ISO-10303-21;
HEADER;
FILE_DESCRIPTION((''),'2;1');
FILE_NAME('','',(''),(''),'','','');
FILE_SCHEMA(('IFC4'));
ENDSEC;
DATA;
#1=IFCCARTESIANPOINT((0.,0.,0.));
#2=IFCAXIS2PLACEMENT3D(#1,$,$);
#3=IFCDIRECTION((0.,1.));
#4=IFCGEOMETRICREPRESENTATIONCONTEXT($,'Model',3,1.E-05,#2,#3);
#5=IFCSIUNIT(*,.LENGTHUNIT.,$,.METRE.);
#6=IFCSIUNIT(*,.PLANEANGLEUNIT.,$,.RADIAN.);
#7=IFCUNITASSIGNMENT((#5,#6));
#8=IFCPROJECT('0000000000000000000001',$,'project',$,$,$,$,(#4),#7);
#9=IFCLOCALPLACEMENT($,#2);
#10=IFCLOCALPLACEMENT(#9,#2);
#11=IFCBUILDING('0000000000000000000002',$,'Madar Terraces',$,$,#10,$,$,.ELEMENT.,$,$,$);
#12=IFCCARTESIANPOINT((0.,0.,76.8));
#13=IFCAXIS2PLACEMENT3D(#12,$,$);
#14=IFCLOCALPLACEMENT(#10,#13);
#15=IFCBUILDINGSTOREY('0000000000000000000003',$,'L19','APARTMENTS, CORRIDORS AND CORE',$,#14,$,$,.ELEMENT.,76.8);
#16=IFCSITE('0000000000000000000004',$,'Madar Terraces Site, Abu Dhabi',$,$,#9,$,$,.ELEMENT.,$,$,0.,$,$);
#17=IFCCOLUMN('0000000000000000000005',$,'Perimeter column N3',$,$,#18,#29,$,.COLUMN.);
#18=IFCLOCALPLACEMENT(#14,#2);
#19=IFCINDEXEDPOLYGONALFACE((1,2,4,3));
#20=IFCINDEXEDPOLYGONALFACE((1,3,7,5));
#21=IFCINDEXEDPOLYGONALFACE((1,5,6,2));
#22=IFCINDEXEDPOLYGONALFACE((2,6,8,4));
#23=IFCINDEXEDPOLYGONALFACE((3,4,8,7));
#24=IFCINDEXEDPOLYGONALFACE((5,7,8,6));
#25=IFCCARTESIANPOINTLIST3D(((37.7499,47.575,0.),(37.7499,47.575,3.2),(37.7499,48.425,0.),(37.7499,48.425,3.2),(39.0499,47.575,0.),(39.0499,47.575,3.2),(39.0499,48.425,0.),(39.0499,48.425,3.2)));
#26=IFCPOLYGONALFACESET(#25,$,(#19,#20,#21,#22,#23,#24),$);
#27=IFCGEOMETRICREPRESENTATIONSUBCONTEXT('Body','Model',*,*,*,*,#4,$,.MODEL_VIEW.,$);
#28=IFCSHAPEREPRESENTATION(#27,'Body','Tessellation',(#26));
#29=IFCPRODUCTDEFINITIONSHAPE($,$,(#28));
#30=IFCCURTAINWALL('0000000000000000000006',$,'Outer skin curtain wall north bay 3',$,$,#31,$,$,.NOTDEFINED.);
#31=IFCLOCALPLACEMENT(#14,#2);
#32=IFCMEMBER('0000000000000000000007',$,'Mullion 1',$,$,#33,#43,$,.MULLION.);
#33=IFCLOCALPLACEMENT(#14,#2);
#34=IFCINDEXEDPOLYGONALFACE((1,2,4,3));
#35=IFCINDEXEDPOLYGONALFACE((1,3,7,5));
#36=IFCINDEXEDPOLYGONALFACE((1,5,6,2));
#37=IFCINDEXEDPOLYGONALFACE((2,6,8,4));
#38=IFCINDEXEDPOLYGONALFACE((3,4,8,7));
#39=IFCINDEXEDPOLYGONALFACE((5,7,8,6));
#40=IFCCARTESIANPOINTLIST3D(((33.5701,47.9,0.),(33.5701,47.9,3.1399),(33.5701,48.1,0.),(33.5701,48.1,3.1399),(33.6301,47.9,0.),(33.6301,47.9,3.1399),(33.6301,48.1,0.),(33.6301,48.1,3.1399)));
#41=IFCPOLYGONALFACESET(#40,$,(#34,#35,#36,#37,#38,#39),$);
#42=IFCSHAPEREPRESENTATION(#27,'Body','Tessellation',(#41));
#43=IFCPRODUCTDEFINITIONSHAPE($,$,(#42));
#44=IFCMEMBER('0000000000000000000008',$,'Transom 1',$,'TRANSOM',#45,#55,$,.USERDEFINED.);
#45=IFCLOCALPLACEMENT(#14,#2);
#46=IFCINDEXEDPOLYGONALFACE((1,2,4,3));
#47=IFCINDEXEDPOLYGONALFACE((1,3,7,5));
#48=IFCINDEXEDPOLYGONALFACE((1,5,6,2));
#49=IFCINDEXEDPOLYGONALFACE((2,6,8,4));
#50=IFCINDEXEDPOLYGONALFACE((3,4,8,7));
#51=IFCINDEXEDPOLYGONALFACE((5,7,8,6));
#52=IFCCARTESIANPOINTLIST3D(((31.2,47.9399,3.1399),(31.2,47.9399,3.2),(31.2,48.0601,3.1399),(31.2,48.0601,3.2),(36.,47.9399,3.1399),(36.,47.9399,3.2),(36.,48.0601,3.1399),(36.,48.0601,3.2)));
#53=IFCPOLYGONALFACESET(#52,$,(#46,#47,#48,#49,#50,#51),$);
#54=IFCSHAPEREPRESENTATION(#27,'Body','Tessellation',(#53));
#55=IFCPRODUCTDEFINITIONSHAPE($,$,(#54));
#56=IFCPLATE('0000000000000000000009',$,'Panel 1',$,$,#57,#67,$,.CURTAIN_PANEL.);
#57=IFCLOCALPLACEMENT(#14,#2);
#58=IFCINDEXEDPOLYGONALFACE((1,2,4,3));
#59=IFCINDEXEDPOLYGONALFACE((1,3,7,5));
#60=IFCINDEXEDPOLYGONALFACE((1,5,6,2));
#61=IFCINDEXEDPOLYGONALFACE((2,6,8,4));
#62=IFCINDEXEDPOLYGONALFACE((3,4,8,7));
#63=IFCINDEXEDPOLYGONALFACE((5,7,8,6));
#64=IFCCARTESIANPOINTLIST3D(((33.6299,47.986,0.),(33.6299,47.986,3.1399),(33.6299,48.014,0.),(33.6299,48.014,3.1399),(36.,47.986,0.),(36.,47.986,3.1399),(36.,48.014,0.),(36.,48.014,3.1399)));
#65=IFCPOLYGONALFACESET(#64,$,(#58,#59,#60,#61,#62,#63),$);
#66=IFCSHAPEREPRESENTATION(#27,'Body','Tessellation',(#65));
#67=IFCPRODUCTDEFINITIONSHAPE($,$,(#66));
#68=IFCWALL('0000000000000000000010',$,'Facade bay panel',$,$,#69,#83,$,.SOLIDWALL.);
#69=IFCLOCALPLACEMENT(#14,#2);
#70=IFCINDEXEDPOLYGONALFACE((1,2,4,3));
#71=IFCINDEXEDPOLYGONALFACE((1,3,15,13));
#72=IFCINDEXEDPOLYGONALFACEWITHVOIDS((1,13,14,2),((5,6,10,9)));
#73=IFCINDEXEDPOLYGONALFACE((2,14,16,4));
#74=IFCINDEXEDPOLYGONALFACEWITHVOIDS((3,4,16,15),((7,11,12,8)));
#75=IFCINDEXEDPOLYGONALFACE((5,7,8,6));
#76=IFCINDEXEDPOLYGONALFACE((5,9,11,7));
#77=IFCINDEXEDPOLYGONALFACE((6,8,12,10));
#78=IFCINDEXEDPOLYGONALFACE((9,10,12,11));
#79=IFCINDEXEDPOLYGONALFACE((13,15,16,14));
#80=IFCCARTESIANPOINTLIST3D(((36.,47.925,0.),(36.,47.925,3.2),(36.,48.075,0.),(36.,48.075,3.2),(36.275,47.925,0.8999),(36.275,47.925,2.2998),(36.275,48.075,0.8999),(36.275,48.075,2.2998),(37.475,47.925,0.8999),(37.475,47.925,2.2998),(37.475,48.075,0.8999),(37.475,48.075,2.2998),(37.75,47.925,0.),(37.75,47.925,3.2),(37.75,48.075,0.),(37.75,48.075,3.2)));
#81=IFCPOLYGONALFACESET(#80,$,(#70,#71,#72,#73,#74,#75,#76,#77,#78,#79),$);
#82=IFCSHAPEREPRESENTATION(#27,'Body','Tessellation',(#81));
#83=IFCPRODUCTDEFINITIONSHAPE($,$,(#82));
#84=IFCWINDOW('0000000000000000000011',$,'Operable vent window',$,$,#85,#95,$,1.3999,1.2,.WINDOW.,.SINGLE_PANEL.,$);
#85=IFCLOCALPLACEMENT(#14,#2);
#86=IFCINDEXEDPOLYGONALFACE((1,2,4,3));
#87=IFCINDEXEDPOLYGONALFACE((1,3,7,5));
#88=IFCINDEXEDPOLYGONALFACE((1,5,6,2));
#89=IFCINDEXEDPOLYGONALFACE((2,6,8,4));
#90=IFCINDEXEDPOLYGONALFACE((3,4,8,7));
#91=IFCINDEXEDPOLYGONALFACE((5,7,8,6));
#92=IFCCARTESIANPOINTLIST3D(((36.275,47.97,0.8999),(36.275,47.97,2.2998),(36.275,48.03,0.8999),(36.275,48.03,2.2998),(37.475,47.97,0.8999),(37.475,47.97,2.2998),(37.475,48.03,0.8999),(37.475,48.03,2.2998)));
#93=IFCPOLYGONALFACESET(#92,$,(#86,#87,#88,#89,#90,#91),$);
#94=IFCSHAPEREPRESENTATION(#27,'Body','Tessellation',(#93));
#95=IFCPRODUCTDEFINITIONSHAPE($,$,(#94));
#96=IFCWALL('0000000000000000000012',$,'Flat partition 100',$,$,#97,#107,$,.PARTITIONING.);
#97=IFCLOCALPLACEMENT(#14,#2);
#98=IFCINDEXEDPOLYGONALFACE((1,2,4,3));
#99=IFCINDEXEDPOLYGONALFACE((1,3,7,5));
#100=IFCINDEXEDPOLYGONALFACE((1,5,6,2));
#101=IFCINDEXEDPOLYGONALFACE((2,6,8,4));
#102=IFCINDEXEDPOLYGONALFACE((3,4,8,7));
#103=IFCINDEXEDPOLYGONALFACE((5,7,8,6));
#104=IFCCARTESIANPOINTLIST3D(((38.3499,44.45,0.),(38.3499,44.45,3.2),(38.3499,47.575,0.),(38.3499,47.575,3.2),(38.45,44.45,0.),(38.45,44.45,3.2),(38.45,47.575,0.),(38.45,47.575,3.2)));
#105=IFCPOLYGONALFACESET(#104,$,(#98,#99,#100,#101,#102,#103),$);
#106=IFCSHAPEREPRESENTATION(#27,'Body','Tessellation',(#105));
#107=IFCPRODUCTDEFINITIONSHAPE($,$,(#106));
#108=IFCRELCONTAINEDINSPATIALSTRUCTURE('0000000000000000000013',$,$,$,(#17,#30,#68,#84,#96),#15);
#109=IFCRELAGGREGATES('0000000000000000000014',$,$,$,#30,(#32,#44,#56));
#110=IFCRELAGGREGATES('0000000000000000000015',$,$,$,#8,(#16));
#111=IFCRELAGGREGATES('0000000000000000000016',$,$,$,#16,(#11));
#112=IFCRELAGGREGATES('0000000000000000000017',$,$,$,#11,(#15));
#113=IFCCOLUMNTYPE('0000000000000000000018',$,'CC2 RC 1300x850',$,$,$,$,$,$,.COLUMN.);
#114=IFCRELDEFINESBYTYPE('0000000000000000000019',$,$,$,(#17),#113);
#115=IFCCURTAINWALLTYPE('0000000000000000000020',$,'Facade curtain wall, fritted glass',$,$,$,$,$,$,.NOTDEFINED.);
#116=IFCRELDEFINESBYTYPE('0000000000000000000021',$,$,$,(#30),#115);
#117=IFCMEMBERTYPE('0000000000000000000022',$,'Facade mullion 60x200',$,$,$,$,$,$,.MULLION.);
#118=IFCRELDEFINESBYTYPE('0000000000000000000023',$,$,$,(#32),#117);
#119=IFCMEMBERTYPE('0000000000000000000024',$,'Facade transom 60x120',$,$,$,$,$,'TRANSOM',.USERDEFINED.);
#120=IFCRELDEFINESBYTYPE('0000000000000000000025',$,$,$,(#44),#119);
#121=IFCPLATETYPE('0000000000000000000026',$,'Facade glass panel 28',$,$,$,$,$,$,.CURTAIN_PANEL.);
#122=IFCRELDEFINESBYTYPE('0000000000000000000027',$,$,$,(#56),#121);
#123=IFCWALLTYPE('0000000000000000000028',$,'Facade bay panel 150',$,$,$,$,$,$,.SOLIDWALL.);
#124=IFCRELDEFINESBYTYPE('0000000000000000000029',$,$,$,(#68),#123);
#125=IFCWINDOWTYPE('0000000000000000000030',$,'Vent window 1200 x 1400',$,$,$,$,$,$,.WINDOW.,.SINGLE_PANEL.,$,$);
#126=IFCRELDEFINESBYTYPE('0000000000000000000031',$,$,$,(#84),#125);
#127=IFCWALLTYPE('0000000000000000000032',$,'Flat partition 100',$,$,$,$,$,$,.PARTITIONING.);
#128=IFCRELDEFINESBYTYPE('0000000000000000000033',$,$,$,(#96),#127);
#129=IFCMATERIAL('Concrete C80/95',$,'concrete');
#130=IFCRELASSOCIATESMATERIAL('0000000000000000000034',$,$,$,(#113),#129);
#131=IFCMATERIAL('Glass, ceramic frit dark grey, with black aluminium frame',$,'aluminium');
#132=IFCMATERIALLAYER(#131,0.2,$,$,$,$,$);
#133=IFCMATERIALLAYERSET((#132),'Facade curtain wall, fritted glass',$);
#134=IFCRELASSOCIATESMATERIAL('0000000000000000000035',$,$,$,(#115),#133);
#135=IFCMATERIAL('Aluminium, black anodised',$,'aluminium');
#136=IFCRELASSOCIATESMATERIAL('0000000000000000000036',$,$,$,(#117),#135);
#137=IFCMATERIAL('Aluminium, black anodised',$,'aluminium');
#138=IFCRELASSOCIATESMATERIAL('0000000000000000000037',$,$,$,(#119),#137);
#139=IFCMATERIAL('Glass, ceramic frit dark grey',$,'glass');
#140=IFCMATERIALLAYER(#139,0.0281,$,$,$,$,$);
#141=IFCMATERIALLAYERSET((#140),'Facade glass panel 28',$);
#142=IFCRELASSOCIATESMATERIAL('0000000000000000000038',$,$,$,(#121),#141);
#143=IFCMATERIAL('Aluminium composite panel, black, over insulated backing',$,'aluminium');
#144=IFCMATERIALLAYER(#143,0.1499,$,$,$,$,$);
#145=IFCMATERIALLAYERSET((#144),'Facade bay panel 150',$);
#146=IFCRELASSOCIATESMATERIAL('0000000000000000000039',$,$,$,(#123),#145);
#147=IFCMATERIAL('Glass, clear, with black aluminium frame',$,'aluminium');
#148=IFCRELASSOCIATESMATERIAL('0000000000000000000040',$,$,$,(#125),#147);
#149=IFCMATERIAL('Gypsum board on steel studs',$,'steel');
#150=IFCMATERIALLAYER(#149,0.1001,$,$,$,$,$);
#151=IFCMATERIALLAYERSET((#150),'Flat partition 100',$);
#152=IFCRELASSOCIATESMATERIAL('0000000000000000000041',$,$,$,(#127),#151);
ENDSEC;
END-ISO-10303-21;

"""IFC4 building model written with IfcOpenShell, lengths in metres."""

from ifc_helpers import new_model, si_unit, direction, frame, frame_2d, origin, origin_2d, place, context, subcontext, project, spatial, rectangle, extrude, material, layer, layer_set, material_profile, profile_set, type_object, element, fill, aggregate, save


model = new_model("IFC4")

# Units and contexts
model_context = context("Model", 3, precision=1e-05, world=origin(), true_north=direction((0.0, 1.0)))
body_context = subcontext(model_context, "Body", "Model", "MODEL_VIEW")
ifc_project = project(units=[si_unit("LENGTHUNIT", "METRE"), si_unit("PLANEANGLEUNIT", "RADIAN")], contexts=[model_context])

# Site, building, storey
site_placement = place(None, origin())
site = spatial("IfcSite", under=ifc_project, at=site_placement, Name="Madar Terraces Site, Abu Dhabi", CompositionType="ELEMENT", RefElevation=0.0)
building_placement = place(site_placement, origin())
building = spatial("IfcBuilding", under=site, at=building_placement, Name="Madar Terraces", CompositionType="ELEMENT")
storey_placement = place(building_placement, frame((0.0, 0.0, 76.8)))
storey = spatial("IfcBuildingStorey", under=building, at=storey_placement, Name="L19", Description="APARTMENTS, CORRIDORS AND CORE", CompositionType="ELEMENT", Elevation=76.8)

# Column
ifc_material_1 = material(Name="Concrete C80/95", Category="concrete")
ifc_material_profile_1 = material_profile(ifc_material_1, rectangle(XDim=1.3, YDim=0.8501, at=origin_2d()), Name="CC2 RC 1300x850")
ifc_profile_set_1 = profile_set([ifc_material_profile_1], Name="Concrete C80/95")
column_type = type_object("IfcColumnType", Name="CC2 RC 1300x850", PredefinedType="COLUMN", material=ifc_profile_set_1)
column_placement = place(storey_placement, frame((38.3999, 48.0, 0.0), z_axis=(0.0, 0.0, 1.0), x_axis=(1.0, 0.0, 0.0)))
element("IfcColumn", 1, at=column_placement, inside=storey, type_object=column_type, Name="Perimeter column N3", PredefinedType="COLUMN", context=body_context, shape_type="SweptSolid", body=[
    extrude(rectangle(XDim=1.3, YDim=0.8501, at=origin_2d()), origin(), (0.0, 0.0, 1.0), 3.2),
])

# Curtain wall, members, plate
ifc_material_2 = material(Name="Glass, ceramic frit dark grey, with black aluminium frame", Category="aluminium")
ifc_layer_1 = layer(ifc_material_2, 0.2)
ifc_layer_set_1 = layer_set([ifc_layer_1], Name="Facade curtain wall, fritted glass")
curtain_wall_type = type_object("IfcCurtainWallType", Name="Facade curtain wall, fritted glass", PredefinedType="NOTDEFINED", material=ifc_layer_set_1)
curtain_wall_placement = place(storey_placement, origin())
curtain_wall = element("IfcCurtainWall", 2, at=curtain_wall_placement, inside=storey, type_object=curtain_wall_type, Name="Outer skin curtain wall north bay 3", PredefinedType="NOTDEFINED")
ifc_material_3 = material(Name="Aluminium, black anodised", Category="aluminium")
ifc_material_profile_2 = material_profile(ifc_material_3, rectangle(XDim=0.2, YDim=0.0601, at=origin_2d()), Name="Facade mullion 60x200")
ifc_profile_set_2 = profile_set([ifc_material_profile_2], Name="Aluminium, black anodised")
member_type_1 = type_object("IfcMemberType", Name="Facade mullion 60x200", PredefinedType="MULLION", material=ifc_profile_set_2)
member_1_placement = place(storey_placement, frame((33.6001, 48.0, 0.0), z_axis=(0.0, 0.0, 1.0), x_axis=(0.0, -1.0, 0.0)))
member_1 = element("IfcMember", 3, at=member_1_placement, type_object=member_type_1, Name="Mullion 1", PredefinedType="MULLION", context=body_context, shape_type="SweptSolid", body=[
    extrude(rectangle(XDim=0.2, YDim=0.0601, at=origin_2d()), origin(), (0.0, 0.0, 1.0), 3.1399),
])
ifc_material_4 = material(Name="Aluminium, black anodised", Category="aluminium")
ifc_material_profile_3 = material_profile(ifc_material_4, rectangle(XDim=0.1201, YDim=0.0601, at=origin_2d()), Name="Facade transom 60x120")
ifc_profile_set_3 = profile_set([ifc_material_profile_3], Name="Aluminium, black anodised")
member_type_2 = type_object("IfcMemberType", Name="Facade transom 60x120", ElementType="TRANSOM", PredefinedType="USERDEFINED", material=ifc_profile_set_3)
member_2_placement = place(storey_placement, frame((36.0, 48.0, 3.1699), z_axis=(-1.0, 0.0, 0.0), x_axis=(0.0, -1.0, 0.0)))
member_2 = element("IfcMember", 4, at=member_2_placement, type_object=member_type_2, Name="Transom 1", ObjectType="TRANSOM", PredefinedType="USERDEFINED", context=body_context, shape_type="SweptSolid", body=[
    extrude(rectangle(XDim=0.1201, YDim=0.0601, at=origin_2d()), origin(), (0.0, 0.0, 1.0), 4.8),
])
ifc_material_5 = material(Name="Glass, ceramic frit dark grey", Category="glass")
ifc_layer_2 = layer(ifc_material_5, 0.0281)
ifc_layer_set_2 = layer_set([ifc_layer_2], Name="Facade glass panel 28")
plate_type = type_object("IfcPlateType", Name="Facade glass panel 28", PredefinedType="CURTAIN_PANEL", material=ifc_layer_set_2)
plate_placement = place(storey_placement, frame((34.8149, 48.0, 0.0), z_axis=(0.0, 0.0, 1.0), x_axis=(-1.0, 0.0, 0.0)))
plate = element("IfcPlate", 5, at=plate_placement, type_object=plate_type, Name="Panel 1", PredefinedType="CURTAIN_PANEL", context=body_context, shape_type="SweptSolid", body=[
    extrude(rectangle(XDim=2.3701, YDim=0.0281, at=origin_2d()), origin(), (0.0, 0.0, 1.0), 3.1399),
])
aggregate(curtain_wall, [member_1, member_2, plate])

# Wall, opening, window
ifc_material_6 = material(Name="Aluminium composite panel, black, over insulated backing", Category="aluminium")
ifc_layer_3 = layer(ifc_material_6, 0.1499)
ifc_layer_set_3 = layer_set([ifc_layer_3], Name="Facade bay panel 150")
wall_type_1 = type_object("IfcWallType", Name="Facade bay panel 150", PredefinedType="SOLIDWALL", material=ifc_layer_set_3)
wall_1_placement = place(storey_placement, frame((37.75, 48.0, 0.0), z_axis=(0.0, 0.0, 1.0), x_axis=(-1.0, 0.0, 0.0)))
wall_1 = element("IfcWall", 6, at=wall_1_placement, inside=storey, type_object=wall_type_1, Name="Facade bay panel", PredefinedType="SOLIDWALL", context=body_context, shape_type="SweptSolid", body=[
    extrude(rectangle(XDim=1.75, YDim=0.1499, at=frame_2d((0.875, 0.0))), origin(), (0.0, 0.0, 1.0), 3.2),
])
opening_1_placement = place(wall_1_placement, frame((0.2749, 0.0, 0.8999)))
opening_1 = element("IfcOpeningElement", 7, at=opening_1_placement, cuts=wall_1, PredefinedType="OPENING", context=body_context, shape_type="SweptSolid", body=[
    extrude(rectangle(XDim=1.2, YDim=1.3999, at=frame_2d((0.6001, 0.7))), frame((0.0, 0.085, 0.0), z_axis=(0.0, -1.0, 0.0), x_axis=(1.0, 0.0, 0.0)), (0.0, 0.0, 1.0), 0.1699),
])
ifc_material_7 = material(Name="Glass, clear, with black aluminium frame", Category="aluminium")
window_type = type_object("IfcWindowType", Name="Vent window 1200 x 1400", PartitioningType="SINGLE_PANEL", PredefinedType="WINDOW", material=ifc_material_7)
window_placement = place(opening_1_placement, origin())
window = element("IfcWindow", 8, at=window_placement, inside=storey, type_object=window_type, Name="Operable vent window", OverallHeight=1.3999, OverallWidth=1.2, PartitioningType="SINGLE_PANEL", PredefinedType="WINDOW", context=body_context, shape_type="SweptSolid", body=[
    extrude(rectangle(XDim=1.2, YDim=1.3999, at=frame_2d((0.6001, 0.7))), frame((0.0, 0.03, 0.0), z_axis=(0.0, -1.0, 0.0), x_axis=(1.0, 0.0, 0.0)), (0.0, 0.0, 1.0), 0.0601),
])
fill(opening_1, window)

# Wall
ifc_material_8 = material(Name="Gypsum board on steel studs", Category="steel")
ifc_layer_4 = layer(ifc_material_8, 0.1001)
ifc_layer_set_4 = layer_set([ifc_layer_4], Name="Flat partition 100")
wall_type_2 = type_object("IfcWallType", Name="Flat partition 100", PredefinedType="PARTITIONING", material=ifc_layer_set_4)
wall_2_placement = place(storey_placement, frame((38.3999, 44.45, 0.0), z_axis=(0.0, 0.0, 1.0), x_axis=(0.0, 1.0, 0.0)))
element("IfcWall", 9, at=wall_2_placement, inside=storey, type_object=wall_type_2, Name="Flat partition 100", PredefinedType="PARTITIONING", context=body_context, shape_type="SweptSolid", body=[
    extrude(rectangle(XDim=3.125, YDim=0.1001, at=frame_2d((1.5625, 0.0))), origin(), (0.0, 0.0, 1.0), 3.2),
])

save(model, "model.ifc")
